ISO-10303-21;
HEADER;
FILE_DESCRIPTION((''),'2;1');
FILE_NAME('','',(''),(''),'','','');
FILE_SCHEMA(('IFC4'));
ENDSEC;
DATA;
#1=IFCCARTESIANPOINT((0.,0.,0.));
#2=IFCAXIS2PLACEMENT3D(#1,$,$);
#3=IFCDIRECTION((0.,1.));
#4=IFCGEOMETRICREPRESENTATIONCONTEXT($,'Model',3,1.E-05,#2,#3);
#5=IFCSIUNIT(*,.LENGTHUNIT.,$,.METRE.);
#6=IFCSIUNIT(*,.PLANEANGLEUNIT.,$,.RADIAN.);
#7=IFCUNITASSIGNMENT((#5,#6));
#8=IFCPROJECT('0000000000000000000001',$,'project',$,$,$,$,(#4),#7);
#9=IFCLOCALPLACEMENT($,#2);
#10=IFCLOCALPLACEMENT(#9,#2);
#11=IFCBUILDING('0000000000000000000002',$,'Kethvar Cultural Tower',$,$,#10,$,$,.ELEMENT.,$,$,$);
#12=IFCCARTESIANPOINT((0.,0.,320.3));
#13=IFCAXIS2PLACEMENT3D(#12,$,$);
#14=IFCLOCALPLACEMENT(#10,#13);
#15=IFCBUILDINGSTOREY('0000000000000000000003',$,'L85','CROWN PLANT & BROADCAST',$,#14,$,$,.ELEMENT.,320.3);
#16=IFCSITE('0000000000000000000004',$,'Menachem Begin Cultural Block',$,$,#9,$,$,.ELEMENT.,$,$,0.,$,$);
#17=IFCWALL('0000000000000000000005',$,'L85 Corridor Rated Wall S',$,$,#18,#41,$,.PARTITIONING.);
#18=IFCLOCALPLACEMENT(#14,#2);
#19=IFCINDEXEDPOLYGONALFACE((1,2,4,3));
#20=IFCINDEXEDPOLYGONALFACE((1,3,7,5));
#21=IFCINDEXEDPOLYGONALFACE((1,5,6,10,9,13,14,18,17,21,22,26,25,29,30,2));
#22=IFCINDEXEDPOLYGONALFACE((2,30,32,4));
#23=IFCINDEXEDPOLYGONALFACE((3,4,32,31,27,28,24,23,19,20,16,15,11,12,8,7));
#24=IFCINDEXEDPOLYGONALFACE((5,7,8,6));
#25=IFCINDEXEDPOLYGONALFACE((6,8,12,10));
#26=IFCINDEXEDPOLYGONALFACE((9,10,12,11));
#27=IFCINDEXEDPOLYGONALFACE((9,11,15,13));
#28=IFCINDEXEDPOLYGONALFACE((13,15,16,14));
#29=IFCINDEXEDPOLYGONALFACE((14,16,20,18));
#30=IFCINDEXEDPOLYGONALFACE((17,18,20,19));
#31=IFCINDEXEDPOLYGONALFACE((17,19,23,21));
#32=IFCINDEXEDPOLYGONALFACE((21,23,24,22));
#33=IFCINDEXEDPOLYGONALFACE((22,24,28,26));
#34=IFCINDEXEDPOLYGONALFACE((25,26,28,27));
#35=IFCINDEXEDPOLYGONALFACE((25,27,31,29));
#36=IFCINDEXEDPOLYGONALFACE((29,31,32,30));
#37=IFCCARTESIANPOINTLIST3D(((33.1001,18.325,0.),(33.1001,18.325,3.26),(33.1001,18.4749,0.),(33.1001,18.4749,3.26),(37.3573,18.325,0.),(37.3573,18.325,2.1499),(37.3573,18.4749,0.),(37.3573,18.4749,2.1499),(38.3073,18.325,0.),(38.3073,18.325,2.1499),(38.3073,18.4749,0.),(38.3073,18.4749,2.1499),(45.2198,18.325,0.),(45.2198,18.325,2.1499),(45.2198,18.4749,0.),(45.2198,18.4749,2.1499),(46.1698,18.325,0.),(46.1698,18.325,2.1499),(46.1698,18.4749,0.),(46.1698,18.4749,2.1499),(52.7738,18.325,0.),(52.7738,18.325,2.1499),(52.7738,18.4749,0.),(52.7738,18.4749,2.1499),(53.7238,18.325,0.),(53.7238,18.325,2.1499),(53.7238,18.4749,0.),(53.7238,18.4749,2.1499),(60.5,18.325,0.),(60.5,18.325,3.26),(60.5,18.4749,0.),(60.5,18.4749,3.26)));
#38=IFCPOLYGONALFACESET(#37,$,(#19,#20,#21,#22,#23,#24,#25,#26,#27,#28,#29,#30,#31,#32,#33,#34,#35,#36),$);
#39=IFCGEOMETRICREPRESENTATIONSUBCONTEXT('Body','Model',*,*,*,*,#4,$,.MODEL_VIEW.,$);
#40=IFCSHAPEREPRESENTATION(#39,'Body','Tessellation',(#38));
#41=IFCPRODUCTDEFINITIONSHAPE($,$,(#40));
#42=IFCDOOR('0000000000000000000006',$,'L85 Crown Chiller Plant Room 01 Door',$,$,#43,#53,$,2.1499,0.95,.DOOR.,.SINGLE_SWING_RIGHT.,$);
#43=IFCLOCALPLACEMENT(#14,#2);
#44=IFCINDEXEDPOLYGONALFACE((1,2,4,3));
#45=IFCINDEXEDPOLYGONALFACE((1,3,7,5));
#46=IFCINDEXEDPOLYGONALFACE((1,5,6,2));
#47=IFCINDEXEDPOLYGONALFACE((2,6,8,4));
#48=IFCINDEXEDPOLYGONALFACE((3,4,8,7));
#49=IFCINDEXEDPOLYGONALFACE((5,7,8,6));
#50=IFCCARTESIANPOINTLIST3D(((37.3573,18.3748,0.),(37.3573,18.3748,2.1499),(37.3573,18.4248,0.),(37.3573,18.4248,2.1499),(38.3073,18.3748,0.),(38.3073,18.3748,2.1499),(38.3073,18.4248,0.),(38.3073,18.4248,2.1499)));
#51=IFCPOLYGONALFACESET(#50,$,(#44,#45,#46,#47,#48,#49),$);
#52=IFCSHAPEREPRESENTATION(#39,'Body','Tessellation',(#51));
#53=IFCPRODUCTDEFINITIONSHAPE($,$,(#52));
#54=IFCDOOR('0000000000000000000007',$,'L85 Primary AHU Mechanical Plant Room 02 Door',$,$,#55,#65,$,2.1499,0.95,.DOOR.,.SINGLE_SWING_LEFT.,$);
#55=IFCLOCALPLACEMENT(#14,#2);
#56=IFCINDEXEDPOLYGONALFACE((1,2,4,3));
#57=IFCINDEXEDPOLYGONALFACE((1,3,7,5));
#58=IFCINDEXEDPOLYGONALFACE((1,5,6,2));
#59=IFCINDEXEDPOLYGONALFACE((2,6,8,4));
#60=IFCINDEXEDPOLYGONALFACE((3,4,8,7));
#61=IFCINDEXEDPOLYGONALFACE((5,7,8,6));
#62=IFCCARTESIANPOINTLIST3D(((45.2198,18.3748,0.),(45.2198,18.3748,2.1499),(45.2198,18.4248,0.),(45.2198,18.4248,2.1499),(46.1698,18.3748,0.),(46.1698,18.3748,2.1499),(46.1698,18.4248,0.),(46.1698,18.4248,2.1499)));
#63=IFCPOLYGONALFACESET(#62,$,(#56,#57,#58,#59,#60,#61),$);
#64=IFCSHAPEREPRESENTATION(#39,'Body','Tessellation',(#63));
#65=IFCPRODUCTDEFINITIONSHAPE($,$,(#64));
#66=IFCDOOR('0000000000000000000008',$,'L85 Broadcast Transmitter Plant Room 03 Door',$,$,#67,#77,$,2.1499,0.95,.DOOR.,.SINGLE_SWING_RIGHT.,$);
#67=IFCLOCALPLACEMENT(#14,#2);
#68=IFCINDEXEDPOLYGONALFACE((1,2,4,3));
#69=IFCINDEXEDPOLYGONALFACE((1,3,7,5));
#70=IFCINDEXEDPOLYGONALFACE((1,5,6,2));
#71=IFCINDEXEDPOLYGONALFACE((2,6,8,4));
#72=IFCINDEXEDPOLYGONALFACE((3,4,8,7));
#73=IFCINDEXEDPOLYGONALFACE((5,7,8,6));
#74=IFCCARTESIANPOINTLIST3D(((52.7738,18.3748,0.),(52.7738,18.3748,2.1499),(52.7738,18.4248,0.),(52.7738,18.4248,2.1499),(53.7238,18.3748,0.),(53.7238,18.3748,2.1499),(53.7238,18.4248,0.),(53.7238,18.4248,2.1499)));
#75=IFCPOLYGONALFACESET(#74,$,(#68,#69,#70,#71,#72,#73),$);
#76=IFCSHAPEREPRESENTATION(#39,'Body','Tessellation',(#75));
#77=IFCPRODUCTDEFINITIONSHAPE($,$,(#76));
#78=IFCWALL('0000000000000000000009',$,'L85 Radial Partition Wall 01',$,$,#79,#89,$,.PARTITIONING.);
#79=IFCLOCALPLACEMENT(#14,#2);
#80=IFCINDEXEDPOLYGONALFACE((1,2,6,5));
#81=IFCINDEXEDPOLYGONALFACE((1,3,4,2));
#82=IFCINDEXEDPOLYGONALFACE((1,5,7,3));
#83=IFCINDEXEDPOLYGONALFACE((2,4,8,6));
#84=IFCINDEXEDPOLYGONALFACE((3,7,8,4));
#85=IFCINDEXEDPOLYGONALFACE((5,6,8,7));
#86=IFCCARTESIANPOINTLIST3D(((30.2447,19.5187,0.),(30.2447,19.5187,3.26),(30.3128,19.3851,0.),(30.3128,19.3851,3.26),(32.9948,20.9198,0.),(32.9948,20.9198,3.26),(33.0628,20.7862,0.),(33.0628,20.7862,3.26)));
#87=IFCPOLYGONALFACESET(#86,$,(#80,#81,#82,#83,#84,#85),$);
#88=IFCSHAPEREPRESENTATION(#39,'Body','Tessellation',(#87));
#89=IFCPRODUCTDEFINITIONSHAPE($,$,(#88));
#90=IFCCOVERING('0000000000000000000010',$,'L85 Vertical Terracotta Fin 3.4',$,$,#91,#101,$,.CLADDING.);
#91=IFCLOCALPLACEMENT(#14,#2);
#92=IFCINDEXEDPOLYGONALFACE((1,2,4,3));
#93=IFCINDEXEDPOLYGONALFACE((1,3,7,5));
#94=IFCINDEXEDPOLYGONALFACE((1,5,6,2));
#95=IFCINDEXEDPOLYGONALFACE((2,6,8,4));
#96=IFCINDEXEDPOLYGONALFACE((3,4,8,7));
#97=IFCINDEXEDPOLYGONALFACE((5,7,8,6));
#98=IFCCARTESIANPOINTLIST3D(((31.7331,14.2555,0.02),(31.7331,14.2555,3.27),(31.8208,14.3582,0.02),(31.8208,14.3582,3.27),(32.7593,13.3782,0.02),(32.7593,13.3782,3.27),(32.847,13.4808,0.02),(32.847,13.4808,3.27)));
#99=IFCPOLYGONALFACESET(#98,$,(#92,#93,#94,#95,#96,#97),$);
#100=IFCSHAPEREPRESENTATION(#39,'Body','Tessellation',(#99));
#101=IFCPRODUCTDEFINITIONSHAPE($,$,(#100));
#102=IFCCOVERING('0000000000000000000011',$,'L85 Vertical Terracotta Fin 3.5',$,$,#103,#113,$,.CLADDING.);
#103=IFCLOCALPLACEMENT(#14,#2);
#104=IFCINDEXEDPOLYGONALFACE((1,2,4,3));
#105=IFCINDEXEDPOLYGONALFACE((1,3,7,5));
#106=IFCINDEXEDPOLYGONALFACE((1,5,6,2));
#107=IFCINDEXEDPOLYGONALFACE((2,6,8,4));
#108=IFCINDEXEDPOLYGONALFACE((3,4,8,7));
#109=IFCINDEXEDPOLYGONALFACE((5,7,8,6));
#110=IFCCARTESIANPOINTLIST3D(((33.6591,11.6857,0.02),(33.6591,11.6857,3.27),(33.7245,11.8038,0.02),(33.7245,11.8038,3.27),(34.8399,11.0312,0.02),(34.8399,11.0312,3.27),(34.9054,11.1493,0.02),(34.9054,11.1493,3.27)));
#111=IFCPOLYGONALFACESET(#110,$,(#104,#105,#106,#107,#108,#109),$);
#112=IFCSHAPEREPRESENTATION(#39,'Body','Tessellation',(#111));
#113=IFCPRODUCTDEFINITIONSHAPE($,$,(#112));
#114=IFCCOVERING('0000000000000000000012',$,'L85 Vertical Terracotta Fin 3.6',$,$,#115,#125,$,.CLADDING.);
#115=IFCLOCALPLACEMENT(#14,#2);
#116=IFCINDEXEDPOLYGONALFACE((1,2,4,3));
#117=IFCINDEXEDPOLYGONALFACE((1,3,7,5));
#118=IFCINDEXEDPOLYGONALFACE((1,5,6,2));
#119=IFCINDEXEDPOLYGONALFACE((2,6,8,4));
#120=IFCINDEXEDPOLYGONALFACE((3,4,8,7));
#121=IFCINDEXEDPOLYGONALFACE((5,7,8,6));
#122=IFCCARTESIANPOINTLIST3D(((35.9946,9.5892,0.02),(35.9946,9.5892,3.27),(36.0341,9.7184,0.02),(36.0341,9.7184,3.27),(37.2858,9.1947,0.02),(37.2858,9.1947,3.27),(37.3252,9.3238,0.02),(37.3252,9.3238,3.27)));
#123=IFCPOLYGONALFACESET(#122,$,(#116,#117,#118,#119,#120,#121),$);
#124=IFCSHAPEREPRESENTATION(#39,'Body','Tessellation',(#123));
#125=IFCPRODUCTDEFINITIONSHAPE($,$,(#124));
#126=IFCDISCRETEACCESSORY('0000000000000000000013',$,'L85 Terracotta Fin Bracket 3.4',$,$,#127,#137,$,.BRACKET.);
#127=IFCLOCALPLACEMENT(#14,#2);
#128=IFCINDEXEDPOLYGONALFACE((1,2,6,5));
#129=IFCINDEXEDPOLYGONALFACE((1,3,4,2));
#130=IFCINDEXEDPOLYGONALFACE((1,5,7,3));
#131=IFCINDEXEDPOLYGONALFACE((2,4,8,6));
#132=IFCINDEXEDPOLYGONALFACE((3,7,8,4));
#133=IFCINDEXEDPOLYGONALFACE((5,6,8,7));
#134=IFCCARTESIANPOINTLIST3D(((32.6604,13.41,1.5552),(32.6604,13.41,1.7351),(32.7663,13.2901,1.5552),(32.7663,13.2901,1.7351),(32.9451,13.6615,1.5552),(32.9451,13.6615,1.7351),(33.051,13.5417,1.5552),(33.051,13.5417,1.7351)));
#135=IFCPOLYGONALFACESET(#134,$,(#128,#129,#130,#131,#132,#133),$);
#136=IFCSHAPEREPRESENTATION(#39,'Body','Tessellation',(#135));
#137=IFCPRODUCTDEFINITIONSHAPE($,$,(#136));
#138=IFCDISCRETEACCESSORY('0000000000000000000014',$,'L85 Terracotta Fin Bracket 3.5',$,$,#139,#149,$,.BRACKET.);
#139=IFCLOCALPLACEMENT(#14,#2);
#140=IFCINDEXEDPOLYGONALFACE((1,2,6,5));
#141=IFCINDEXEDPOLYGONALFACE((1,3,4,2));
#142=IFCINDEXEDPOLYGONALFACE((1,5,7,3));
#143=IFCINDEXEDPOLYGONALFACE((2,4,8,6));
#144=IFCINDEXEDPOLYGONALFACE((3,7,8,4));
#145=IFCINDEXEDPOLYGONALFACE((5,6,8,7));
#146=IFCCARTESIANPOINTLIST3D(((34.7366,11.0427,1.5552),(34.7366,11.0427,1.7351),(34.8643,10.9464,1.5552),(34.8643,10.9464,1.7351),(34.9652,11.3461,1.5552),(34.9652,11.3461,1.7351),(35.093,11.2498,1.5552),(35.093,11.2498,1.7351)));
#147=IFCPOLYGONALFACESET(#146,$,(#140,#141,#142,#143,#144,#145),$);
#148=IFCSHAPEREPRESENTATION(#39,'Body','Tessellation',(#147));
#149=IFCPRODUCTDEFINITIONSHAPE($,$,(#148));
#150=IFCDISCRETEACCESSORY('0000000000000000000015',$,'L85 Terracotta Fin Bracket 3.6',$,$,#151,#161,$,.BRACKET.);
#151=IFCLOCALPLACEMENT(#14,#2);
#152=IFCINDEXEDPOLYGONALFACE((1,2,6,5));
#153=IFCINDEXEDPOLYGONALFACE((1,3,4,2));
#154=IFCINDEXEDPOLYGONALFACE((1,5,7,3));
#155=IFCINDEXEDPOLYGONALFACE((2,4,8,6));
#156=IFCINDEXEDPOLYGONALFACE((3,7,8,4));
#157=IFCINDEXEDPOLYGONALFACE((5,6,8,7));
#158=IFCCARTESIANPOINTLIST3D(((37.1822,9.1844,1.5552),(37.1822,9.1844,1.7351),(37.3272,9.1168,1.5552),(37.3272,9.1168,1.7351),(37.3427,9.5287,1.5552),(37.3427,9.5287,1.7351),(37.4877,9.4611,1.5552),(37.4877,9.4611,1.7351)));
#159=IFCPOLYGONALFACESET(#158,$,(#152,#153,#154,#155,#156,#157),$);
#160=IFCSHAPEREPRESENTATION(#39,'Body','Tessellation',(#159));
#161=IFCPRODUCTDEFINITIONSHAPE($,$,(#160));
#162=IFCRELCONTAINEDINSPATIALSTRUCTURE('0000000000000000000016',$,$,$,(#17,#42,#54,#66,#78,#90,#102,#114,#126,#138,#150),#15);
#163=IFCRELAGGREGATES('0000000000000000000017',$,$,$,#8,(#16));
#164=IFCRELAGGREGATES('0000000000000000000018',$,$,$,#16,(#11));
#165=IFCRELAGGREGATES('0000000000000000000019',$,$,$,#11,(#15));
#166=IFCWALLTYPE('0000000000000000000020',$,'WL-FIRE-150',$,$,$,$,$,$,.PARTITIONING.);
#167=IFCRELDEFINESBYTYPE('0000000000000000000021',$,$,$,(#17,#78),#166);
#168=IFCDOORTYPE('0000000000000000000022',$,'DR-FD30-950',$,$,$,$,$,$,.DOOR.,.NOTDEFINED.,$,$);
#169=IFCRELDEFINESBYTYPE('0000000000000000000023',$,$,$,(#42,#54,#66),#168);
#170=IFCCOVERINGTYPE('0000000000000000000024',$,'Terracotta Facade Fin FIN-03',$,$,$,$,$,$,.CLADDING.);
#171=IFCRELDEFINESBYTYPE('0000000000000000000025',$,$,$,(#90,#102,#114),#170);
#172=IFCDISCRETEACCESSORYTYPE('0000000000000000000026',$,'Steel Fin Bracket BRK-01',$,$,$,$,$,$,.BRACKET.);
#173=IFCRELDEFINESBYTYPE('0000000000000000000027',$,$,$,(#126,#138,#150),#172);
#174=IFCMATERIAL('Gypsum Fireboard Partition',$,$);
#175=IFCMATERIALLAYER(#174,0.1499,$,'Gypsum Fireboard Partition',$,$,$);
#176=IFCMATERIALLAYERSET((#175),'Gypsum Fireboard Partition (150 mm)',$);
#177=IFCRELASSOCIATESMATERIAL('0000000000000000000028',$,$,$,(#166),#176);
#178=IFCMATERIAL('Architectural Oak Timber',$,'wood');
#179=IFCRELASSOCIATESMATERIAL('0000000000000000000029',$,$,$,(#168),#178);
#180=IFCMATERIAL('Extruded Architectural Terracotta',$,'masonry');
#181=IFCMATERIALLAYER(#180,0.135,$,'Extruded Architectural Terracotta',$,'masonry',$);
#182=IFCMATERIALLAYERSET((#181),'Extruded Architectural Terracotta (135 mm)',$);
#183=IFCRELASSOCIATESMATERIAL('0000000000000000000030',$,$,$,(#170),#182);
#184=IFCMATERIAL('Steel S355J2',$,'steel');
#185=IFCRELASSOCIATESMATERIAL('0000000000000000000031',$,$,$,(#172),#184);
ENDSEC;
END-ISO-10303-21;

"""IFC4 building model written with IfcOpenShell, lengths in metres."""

from ifc_helpers import new_model, si_unit, direction, frame, frame_2d, origin, origin_2d, place, context, subcontext, project, spatial, rectangle, extrude, source, transform, mapped, material, layer, layer_set, type_object, element, fill, save


model = new_model("IFC4")

# Units and contexts
model_context = context("Model", 3, precision=1e-05, world=origin(), true_north=direction((0.0, 1.0)))
body_context = subcontext(model_context, "Body", "Model", "MODEL_VIEW")
ifc_project = project(units=[si_unit("LENGTHUNIT", "METRE"), si_unit("PLANEANGLEUNIT", "RADIAN")], contexts=[model_context])

# Site, building, storey
site_placement = place(None, origin())
site = spatial("IfcSite", under=ifc_project, at=site_placement, Name="Menachem Begin Cultural Block", CompositionType="ELEMENT", RefElevation=0.0)
building_placement = place(site_placement, origin())
building = spatial("IfcBuilding", under=site, at=building_placement, Name="Kethvar Cultural Tower", CompositionType="ELEMENT")
storey_placement = place(building_placement, frame((0.0, 0.0, 320.3)))
storey = spatial("IfcBuildingStorey", under=building, at=storey_placement, Name="L85", Description="CROWN PLANT & BROADCAST", CompositionType="ELEMENT", Elevation=320.3)

# Shared definitions
ifc_material_1 = material(Name="Steel S355J2", Category="steel")

# Wall, openings, doors
ifc_material_2 = material(Name="Gypsum Fireboard Partition")
ifc_layer_1 = layer(ifc_material_2, 0.1499, Name="Gypsum Fireboard Partition")
ifc_layer_set_1 = layer_set([ifc_layer_1], Name="Gypsum Fireboard Partition (150 mm)")
wall_type = type_object("IfcWallType", Name="WL-FIRE-150", PredefinedType="PARTITIONING", material=ifc_layer_set_1)
wall_1_placement = place(storey_placement, frame((33.1001, 18.3999, 0.0), z_axis=(0.0, 0.0, 1.0), x_axis=(1.0, 0.0, 0.0)))
wall_1 = element("IfcWall", 1, at=wall_1_placement, inside=storey, type_object=wall_type, Name="L85 Corridor Rated Wall S", PredefinedType="PARTITIONING", context=body_context, shape_type="SweptSolid", body=[
    extrude(rectangle(XDim=27.3999, YDim=0.1499, at=frame_2d((13.7, 0.0))), origin(), (0.0, 0.0, 1.0), 3.26),
])
opening_1_placement = place(wall_1_placement, frame((4.2571, 0.0, 0.0)))
opening_1 = element("IfcOpeningElement", 2, at=opening_1_placement, cuts=wall_1, PredefinedType="OPENING", context=body_context, shape_type="SweptSolid", body=[
    extrude(rectangle(XDim=0.95, YDim=2.1499, at=frame_2d((0.4751, 1.075))), frame((0.0, 0.085, 0.0), z_axis=(0.0, -1.0, 0.0), x_axis=(1.0, 0.0, 0.0)), (0.0, 0.0, 1.0), 0.1699),
])
opening_2_placement = place(wall_1_placement, frame((12.1196, 0.0, 0.0)))
opening_2 = element("IfcOpeningElement", 3, at=opening_2_placement, cuts=wall_1, PredefinedType="OPENING", context=body_context, shape_type="SweptSolid", body=[
    extrude(rectangle(XDim=0.95, YDim=2.1499, at=frame_2d((0.4751, 1.075))), frame((0.0, 0.085, 0.0), z_axis=(0.0, -1.0, 0.0), x_axis=(1.0, 0.0, 0.0)), (0.0, 0.0, 1.0), 0.1699),
])
opening_3_placement = place(wall_1_placement, frame((19.6736, 0.0, 0.0)))
opening_3 = element("IfcOpeningElement", 4, at=opening_3_placement, cuts=wall_1, PredefinedType="OPENING", context=body_context, shape_type="SweptSolid", body=[
    extrude(rectangle(XDim=0.95, YDim=2.1499, at=frame_2d((0.4751, 1.075))), frame((0.0, 0.085, 0.0), z_axis=(0.0, -1.0, 0.0), x_axis=(1.0, 0.0, 0.0)), (0.0, 0.0, 1.0), 0.1699),
])
ifc_material_3 = material(Name="Architectural Oak Timber", Category="wood")
door_type = type_object("IfcDoorType", Name="DR-FD30-950", OperationType="NOTDEFINED", PredefinedType="DOOR", material=ifc_material_3)
shared_shape_1 = source(origin(), body_context, "Body", "SweptSolid", [
    extrude(rectangle(XDim=0.95, YDim=2.1499, at=frame_2d((0.4751, 1.075))), frame((0.0, 0.0249, 0.0), z_axis=(0.0, -1.0, 0.0), x_axis=(1.0, 0.0, 0.0)), (0.0, 0.0, 1.0), 0.05),
])
door_1_placement = place(opening_1_placement, origin())
door_1 = element("IfcDoor", 5, at=door_1_placement, inside=storey, type_object=door_type, Name="L85 Crown Chiller Plant Room 01 Door", OperationType="SINGLE_SWING_RIGHT", OverallHeight=2.1499, OverallWidth=0.95, PredefinedType="DOOR", context=body_context, shape_type="MappedRepresentation", body=[
    mapped(shared_shape_1, transform((0.0, 0.0, 0.0), scale=1.0)),
])
fill(opening_1, door_1)
door_2_placement = place(opening_2_placement, origin())
door_2 = element("IfcDoor", 6, at=door_2_placement, inside=storey, type_object=door_type, Name="L85 Primary AHU Mechanical Plant Room 02 Door", OperationType="SINGLE_SWING_LEFT", OverallHeight=2.1499, OverallWidth=0.95, PredefinedType="DOOR", context=body_context, shape_type="MappedRepresentation", body=[
    mapped(shared_shape_1, transform((0.0, 0.0, 0.0), scale=1.0)),
])
fill(opening_2, door_2)
door_3_placement = place(opening_3_placement, origin())
door_3 = element("IfcDoor", 7, at=door_3_placement, inside=storey, type_object=door_type, Name="L85 Broadcast Transmitter Plant Room 03 Door", OperationType="SINGLE_SWING_RIGHT", OverallHeight=2.1499, OverallWidth=0.95, PredefinedType="DOOR", context=body_context, shape_type="MappedRepresentation", body=[
    mapped(shared_shape_1, transform((0.0, 0.0, 0.0), scale=1.0)),
])
fill(opening_3, door_3)

# Wall
wall_2_placement = place(storey_placement, frame((33.0288, 20.853, 0.0), z_axis=(0.0, 0.0, 1.0), x_axis=(-0.891016, -0.453972, 0.0)))
element("IfcWall", 8, at=wall_2_placement, inside=storey, type_object=wall_type, Name="L85 Radial Partition Wall 01", PredefinedType="PARTITIONING", context=body_context, shape_type="SweptSolid", body=[
    extrude(rectangle(XDim=3.0864, YDim=0.1499, at=frame_2d((1.5432, 0.0))), origin(), (0.0, 0.0, 1.0), 3.26),
])

# Coverings
ifc_material_4 = material(Name="Extruded Architectural Terracotta", Category="masonry")
ifc_layer_2 = layer(ifc_material_4, 0.135, Name="Extruded Architectural Terracotta", Category="masonry")
ifc_layer_set_2 = layer_set([ifc_layer_2], Name="Extruded Architectural Terracotta (135 mm)")
covering_type = type_object("IfcCoveringType", Name="Terracotta Facade Fin FIN-03", PredefinedType="CLADDING", material=ifc_layer_set_2)
shared_shape_2 = source(origin(), body_context, "Body", "SweptSolid", [
    extrude(rectangle(XDim=1.3501, YDim=0.135, at=origin_2d()), origin(), (0.0, 0.0, 1.0), 3.25),
])
for number, where, z_axis, x_axis, name in (
    (9, (32.29, 13.8682, 0.02), (0.0, 0.0, 1.0), (-0.760066, 0.649846, 0.0), "L85 Vertical Terracotta Fin 3.4"),
    (10, (34.2822, 11.4175, 0.02), (0.0, 0.0, 1.0), (-0.87462, 0.48481, 0.0), "L85 Vertical Terracotta Fin 3.5"),
    (11, (36.6599, 9.4565, 0.02), (0.0, 0.0, 1.0), (-0.956356, 0.292205, 0.0), "L85 Vertical Terracotta Fin 3.6"),
):
    element("IfcCovering", number, at=place(storey_placement, frame(where, z_axis=z_axis, x_axis=x_axis)), inside=storey, type_object=covering_type, Name=name, PredefinedType="CLADDING", context=body_context, shape_type="MappedRepresentation", body=[
        mapped(shared_shape_2, transform((0.0, 0.0, 0.0), scale=1.0)),
    ])

# Discrete accessories
discrete_accessory_type = type_object("IfcDiscreteAccessoryType", Name="Steel Fin Bracket BRK-01", PredefinedType="BRACKET", material=ifc_material_1)
shared_shape_3 = source(origin(), body_context, "Body", "SweptSolid", [
    extrude(rectangle(XDim=0.3799, YDim=0.1599, at=origin_2d()), origin(), (0.0, 0.0, 1.0), 0.1799),
])
for number, where, z_axis, x_axis, name in (
    (12, (32.8557, 13.4758, 1.5552), (0.0, 0.0, 1.0), (-0.749303, -0.662228, 0.0), "L85 Terracotta Fin Bracket 3.4"),
    (13, (34.9148, 11.1462, 1.5552), (0.0, 0.0, 1.0), (-0.601815, -0.798636, 0.0), "L85 Terracotta Fin Bracket 3.5"),
    (14, (37.335, 9.3228, 1.5552), (0.0, 0.0, 1.0), (-0.42246, -0.906382, 0.0), "L85 Terracotta Fin Bracket 3.6"),
):
    element("IfcDiscreteAccessory", number, at=place(storey_placement, frame(where, z_axis=z_axis, x_axis=x_axis)), inside=storey, type_object=discrete_accessory_type, Name=name, PredefinedType="BRACKET", context=body_context, shape_type="MappedRepresentation", body=[
        mapped(shared_shape_3, transform((0.0, 0.0, 0.0), scale=1.0)),
    ])

save(model, "model.ifc")
